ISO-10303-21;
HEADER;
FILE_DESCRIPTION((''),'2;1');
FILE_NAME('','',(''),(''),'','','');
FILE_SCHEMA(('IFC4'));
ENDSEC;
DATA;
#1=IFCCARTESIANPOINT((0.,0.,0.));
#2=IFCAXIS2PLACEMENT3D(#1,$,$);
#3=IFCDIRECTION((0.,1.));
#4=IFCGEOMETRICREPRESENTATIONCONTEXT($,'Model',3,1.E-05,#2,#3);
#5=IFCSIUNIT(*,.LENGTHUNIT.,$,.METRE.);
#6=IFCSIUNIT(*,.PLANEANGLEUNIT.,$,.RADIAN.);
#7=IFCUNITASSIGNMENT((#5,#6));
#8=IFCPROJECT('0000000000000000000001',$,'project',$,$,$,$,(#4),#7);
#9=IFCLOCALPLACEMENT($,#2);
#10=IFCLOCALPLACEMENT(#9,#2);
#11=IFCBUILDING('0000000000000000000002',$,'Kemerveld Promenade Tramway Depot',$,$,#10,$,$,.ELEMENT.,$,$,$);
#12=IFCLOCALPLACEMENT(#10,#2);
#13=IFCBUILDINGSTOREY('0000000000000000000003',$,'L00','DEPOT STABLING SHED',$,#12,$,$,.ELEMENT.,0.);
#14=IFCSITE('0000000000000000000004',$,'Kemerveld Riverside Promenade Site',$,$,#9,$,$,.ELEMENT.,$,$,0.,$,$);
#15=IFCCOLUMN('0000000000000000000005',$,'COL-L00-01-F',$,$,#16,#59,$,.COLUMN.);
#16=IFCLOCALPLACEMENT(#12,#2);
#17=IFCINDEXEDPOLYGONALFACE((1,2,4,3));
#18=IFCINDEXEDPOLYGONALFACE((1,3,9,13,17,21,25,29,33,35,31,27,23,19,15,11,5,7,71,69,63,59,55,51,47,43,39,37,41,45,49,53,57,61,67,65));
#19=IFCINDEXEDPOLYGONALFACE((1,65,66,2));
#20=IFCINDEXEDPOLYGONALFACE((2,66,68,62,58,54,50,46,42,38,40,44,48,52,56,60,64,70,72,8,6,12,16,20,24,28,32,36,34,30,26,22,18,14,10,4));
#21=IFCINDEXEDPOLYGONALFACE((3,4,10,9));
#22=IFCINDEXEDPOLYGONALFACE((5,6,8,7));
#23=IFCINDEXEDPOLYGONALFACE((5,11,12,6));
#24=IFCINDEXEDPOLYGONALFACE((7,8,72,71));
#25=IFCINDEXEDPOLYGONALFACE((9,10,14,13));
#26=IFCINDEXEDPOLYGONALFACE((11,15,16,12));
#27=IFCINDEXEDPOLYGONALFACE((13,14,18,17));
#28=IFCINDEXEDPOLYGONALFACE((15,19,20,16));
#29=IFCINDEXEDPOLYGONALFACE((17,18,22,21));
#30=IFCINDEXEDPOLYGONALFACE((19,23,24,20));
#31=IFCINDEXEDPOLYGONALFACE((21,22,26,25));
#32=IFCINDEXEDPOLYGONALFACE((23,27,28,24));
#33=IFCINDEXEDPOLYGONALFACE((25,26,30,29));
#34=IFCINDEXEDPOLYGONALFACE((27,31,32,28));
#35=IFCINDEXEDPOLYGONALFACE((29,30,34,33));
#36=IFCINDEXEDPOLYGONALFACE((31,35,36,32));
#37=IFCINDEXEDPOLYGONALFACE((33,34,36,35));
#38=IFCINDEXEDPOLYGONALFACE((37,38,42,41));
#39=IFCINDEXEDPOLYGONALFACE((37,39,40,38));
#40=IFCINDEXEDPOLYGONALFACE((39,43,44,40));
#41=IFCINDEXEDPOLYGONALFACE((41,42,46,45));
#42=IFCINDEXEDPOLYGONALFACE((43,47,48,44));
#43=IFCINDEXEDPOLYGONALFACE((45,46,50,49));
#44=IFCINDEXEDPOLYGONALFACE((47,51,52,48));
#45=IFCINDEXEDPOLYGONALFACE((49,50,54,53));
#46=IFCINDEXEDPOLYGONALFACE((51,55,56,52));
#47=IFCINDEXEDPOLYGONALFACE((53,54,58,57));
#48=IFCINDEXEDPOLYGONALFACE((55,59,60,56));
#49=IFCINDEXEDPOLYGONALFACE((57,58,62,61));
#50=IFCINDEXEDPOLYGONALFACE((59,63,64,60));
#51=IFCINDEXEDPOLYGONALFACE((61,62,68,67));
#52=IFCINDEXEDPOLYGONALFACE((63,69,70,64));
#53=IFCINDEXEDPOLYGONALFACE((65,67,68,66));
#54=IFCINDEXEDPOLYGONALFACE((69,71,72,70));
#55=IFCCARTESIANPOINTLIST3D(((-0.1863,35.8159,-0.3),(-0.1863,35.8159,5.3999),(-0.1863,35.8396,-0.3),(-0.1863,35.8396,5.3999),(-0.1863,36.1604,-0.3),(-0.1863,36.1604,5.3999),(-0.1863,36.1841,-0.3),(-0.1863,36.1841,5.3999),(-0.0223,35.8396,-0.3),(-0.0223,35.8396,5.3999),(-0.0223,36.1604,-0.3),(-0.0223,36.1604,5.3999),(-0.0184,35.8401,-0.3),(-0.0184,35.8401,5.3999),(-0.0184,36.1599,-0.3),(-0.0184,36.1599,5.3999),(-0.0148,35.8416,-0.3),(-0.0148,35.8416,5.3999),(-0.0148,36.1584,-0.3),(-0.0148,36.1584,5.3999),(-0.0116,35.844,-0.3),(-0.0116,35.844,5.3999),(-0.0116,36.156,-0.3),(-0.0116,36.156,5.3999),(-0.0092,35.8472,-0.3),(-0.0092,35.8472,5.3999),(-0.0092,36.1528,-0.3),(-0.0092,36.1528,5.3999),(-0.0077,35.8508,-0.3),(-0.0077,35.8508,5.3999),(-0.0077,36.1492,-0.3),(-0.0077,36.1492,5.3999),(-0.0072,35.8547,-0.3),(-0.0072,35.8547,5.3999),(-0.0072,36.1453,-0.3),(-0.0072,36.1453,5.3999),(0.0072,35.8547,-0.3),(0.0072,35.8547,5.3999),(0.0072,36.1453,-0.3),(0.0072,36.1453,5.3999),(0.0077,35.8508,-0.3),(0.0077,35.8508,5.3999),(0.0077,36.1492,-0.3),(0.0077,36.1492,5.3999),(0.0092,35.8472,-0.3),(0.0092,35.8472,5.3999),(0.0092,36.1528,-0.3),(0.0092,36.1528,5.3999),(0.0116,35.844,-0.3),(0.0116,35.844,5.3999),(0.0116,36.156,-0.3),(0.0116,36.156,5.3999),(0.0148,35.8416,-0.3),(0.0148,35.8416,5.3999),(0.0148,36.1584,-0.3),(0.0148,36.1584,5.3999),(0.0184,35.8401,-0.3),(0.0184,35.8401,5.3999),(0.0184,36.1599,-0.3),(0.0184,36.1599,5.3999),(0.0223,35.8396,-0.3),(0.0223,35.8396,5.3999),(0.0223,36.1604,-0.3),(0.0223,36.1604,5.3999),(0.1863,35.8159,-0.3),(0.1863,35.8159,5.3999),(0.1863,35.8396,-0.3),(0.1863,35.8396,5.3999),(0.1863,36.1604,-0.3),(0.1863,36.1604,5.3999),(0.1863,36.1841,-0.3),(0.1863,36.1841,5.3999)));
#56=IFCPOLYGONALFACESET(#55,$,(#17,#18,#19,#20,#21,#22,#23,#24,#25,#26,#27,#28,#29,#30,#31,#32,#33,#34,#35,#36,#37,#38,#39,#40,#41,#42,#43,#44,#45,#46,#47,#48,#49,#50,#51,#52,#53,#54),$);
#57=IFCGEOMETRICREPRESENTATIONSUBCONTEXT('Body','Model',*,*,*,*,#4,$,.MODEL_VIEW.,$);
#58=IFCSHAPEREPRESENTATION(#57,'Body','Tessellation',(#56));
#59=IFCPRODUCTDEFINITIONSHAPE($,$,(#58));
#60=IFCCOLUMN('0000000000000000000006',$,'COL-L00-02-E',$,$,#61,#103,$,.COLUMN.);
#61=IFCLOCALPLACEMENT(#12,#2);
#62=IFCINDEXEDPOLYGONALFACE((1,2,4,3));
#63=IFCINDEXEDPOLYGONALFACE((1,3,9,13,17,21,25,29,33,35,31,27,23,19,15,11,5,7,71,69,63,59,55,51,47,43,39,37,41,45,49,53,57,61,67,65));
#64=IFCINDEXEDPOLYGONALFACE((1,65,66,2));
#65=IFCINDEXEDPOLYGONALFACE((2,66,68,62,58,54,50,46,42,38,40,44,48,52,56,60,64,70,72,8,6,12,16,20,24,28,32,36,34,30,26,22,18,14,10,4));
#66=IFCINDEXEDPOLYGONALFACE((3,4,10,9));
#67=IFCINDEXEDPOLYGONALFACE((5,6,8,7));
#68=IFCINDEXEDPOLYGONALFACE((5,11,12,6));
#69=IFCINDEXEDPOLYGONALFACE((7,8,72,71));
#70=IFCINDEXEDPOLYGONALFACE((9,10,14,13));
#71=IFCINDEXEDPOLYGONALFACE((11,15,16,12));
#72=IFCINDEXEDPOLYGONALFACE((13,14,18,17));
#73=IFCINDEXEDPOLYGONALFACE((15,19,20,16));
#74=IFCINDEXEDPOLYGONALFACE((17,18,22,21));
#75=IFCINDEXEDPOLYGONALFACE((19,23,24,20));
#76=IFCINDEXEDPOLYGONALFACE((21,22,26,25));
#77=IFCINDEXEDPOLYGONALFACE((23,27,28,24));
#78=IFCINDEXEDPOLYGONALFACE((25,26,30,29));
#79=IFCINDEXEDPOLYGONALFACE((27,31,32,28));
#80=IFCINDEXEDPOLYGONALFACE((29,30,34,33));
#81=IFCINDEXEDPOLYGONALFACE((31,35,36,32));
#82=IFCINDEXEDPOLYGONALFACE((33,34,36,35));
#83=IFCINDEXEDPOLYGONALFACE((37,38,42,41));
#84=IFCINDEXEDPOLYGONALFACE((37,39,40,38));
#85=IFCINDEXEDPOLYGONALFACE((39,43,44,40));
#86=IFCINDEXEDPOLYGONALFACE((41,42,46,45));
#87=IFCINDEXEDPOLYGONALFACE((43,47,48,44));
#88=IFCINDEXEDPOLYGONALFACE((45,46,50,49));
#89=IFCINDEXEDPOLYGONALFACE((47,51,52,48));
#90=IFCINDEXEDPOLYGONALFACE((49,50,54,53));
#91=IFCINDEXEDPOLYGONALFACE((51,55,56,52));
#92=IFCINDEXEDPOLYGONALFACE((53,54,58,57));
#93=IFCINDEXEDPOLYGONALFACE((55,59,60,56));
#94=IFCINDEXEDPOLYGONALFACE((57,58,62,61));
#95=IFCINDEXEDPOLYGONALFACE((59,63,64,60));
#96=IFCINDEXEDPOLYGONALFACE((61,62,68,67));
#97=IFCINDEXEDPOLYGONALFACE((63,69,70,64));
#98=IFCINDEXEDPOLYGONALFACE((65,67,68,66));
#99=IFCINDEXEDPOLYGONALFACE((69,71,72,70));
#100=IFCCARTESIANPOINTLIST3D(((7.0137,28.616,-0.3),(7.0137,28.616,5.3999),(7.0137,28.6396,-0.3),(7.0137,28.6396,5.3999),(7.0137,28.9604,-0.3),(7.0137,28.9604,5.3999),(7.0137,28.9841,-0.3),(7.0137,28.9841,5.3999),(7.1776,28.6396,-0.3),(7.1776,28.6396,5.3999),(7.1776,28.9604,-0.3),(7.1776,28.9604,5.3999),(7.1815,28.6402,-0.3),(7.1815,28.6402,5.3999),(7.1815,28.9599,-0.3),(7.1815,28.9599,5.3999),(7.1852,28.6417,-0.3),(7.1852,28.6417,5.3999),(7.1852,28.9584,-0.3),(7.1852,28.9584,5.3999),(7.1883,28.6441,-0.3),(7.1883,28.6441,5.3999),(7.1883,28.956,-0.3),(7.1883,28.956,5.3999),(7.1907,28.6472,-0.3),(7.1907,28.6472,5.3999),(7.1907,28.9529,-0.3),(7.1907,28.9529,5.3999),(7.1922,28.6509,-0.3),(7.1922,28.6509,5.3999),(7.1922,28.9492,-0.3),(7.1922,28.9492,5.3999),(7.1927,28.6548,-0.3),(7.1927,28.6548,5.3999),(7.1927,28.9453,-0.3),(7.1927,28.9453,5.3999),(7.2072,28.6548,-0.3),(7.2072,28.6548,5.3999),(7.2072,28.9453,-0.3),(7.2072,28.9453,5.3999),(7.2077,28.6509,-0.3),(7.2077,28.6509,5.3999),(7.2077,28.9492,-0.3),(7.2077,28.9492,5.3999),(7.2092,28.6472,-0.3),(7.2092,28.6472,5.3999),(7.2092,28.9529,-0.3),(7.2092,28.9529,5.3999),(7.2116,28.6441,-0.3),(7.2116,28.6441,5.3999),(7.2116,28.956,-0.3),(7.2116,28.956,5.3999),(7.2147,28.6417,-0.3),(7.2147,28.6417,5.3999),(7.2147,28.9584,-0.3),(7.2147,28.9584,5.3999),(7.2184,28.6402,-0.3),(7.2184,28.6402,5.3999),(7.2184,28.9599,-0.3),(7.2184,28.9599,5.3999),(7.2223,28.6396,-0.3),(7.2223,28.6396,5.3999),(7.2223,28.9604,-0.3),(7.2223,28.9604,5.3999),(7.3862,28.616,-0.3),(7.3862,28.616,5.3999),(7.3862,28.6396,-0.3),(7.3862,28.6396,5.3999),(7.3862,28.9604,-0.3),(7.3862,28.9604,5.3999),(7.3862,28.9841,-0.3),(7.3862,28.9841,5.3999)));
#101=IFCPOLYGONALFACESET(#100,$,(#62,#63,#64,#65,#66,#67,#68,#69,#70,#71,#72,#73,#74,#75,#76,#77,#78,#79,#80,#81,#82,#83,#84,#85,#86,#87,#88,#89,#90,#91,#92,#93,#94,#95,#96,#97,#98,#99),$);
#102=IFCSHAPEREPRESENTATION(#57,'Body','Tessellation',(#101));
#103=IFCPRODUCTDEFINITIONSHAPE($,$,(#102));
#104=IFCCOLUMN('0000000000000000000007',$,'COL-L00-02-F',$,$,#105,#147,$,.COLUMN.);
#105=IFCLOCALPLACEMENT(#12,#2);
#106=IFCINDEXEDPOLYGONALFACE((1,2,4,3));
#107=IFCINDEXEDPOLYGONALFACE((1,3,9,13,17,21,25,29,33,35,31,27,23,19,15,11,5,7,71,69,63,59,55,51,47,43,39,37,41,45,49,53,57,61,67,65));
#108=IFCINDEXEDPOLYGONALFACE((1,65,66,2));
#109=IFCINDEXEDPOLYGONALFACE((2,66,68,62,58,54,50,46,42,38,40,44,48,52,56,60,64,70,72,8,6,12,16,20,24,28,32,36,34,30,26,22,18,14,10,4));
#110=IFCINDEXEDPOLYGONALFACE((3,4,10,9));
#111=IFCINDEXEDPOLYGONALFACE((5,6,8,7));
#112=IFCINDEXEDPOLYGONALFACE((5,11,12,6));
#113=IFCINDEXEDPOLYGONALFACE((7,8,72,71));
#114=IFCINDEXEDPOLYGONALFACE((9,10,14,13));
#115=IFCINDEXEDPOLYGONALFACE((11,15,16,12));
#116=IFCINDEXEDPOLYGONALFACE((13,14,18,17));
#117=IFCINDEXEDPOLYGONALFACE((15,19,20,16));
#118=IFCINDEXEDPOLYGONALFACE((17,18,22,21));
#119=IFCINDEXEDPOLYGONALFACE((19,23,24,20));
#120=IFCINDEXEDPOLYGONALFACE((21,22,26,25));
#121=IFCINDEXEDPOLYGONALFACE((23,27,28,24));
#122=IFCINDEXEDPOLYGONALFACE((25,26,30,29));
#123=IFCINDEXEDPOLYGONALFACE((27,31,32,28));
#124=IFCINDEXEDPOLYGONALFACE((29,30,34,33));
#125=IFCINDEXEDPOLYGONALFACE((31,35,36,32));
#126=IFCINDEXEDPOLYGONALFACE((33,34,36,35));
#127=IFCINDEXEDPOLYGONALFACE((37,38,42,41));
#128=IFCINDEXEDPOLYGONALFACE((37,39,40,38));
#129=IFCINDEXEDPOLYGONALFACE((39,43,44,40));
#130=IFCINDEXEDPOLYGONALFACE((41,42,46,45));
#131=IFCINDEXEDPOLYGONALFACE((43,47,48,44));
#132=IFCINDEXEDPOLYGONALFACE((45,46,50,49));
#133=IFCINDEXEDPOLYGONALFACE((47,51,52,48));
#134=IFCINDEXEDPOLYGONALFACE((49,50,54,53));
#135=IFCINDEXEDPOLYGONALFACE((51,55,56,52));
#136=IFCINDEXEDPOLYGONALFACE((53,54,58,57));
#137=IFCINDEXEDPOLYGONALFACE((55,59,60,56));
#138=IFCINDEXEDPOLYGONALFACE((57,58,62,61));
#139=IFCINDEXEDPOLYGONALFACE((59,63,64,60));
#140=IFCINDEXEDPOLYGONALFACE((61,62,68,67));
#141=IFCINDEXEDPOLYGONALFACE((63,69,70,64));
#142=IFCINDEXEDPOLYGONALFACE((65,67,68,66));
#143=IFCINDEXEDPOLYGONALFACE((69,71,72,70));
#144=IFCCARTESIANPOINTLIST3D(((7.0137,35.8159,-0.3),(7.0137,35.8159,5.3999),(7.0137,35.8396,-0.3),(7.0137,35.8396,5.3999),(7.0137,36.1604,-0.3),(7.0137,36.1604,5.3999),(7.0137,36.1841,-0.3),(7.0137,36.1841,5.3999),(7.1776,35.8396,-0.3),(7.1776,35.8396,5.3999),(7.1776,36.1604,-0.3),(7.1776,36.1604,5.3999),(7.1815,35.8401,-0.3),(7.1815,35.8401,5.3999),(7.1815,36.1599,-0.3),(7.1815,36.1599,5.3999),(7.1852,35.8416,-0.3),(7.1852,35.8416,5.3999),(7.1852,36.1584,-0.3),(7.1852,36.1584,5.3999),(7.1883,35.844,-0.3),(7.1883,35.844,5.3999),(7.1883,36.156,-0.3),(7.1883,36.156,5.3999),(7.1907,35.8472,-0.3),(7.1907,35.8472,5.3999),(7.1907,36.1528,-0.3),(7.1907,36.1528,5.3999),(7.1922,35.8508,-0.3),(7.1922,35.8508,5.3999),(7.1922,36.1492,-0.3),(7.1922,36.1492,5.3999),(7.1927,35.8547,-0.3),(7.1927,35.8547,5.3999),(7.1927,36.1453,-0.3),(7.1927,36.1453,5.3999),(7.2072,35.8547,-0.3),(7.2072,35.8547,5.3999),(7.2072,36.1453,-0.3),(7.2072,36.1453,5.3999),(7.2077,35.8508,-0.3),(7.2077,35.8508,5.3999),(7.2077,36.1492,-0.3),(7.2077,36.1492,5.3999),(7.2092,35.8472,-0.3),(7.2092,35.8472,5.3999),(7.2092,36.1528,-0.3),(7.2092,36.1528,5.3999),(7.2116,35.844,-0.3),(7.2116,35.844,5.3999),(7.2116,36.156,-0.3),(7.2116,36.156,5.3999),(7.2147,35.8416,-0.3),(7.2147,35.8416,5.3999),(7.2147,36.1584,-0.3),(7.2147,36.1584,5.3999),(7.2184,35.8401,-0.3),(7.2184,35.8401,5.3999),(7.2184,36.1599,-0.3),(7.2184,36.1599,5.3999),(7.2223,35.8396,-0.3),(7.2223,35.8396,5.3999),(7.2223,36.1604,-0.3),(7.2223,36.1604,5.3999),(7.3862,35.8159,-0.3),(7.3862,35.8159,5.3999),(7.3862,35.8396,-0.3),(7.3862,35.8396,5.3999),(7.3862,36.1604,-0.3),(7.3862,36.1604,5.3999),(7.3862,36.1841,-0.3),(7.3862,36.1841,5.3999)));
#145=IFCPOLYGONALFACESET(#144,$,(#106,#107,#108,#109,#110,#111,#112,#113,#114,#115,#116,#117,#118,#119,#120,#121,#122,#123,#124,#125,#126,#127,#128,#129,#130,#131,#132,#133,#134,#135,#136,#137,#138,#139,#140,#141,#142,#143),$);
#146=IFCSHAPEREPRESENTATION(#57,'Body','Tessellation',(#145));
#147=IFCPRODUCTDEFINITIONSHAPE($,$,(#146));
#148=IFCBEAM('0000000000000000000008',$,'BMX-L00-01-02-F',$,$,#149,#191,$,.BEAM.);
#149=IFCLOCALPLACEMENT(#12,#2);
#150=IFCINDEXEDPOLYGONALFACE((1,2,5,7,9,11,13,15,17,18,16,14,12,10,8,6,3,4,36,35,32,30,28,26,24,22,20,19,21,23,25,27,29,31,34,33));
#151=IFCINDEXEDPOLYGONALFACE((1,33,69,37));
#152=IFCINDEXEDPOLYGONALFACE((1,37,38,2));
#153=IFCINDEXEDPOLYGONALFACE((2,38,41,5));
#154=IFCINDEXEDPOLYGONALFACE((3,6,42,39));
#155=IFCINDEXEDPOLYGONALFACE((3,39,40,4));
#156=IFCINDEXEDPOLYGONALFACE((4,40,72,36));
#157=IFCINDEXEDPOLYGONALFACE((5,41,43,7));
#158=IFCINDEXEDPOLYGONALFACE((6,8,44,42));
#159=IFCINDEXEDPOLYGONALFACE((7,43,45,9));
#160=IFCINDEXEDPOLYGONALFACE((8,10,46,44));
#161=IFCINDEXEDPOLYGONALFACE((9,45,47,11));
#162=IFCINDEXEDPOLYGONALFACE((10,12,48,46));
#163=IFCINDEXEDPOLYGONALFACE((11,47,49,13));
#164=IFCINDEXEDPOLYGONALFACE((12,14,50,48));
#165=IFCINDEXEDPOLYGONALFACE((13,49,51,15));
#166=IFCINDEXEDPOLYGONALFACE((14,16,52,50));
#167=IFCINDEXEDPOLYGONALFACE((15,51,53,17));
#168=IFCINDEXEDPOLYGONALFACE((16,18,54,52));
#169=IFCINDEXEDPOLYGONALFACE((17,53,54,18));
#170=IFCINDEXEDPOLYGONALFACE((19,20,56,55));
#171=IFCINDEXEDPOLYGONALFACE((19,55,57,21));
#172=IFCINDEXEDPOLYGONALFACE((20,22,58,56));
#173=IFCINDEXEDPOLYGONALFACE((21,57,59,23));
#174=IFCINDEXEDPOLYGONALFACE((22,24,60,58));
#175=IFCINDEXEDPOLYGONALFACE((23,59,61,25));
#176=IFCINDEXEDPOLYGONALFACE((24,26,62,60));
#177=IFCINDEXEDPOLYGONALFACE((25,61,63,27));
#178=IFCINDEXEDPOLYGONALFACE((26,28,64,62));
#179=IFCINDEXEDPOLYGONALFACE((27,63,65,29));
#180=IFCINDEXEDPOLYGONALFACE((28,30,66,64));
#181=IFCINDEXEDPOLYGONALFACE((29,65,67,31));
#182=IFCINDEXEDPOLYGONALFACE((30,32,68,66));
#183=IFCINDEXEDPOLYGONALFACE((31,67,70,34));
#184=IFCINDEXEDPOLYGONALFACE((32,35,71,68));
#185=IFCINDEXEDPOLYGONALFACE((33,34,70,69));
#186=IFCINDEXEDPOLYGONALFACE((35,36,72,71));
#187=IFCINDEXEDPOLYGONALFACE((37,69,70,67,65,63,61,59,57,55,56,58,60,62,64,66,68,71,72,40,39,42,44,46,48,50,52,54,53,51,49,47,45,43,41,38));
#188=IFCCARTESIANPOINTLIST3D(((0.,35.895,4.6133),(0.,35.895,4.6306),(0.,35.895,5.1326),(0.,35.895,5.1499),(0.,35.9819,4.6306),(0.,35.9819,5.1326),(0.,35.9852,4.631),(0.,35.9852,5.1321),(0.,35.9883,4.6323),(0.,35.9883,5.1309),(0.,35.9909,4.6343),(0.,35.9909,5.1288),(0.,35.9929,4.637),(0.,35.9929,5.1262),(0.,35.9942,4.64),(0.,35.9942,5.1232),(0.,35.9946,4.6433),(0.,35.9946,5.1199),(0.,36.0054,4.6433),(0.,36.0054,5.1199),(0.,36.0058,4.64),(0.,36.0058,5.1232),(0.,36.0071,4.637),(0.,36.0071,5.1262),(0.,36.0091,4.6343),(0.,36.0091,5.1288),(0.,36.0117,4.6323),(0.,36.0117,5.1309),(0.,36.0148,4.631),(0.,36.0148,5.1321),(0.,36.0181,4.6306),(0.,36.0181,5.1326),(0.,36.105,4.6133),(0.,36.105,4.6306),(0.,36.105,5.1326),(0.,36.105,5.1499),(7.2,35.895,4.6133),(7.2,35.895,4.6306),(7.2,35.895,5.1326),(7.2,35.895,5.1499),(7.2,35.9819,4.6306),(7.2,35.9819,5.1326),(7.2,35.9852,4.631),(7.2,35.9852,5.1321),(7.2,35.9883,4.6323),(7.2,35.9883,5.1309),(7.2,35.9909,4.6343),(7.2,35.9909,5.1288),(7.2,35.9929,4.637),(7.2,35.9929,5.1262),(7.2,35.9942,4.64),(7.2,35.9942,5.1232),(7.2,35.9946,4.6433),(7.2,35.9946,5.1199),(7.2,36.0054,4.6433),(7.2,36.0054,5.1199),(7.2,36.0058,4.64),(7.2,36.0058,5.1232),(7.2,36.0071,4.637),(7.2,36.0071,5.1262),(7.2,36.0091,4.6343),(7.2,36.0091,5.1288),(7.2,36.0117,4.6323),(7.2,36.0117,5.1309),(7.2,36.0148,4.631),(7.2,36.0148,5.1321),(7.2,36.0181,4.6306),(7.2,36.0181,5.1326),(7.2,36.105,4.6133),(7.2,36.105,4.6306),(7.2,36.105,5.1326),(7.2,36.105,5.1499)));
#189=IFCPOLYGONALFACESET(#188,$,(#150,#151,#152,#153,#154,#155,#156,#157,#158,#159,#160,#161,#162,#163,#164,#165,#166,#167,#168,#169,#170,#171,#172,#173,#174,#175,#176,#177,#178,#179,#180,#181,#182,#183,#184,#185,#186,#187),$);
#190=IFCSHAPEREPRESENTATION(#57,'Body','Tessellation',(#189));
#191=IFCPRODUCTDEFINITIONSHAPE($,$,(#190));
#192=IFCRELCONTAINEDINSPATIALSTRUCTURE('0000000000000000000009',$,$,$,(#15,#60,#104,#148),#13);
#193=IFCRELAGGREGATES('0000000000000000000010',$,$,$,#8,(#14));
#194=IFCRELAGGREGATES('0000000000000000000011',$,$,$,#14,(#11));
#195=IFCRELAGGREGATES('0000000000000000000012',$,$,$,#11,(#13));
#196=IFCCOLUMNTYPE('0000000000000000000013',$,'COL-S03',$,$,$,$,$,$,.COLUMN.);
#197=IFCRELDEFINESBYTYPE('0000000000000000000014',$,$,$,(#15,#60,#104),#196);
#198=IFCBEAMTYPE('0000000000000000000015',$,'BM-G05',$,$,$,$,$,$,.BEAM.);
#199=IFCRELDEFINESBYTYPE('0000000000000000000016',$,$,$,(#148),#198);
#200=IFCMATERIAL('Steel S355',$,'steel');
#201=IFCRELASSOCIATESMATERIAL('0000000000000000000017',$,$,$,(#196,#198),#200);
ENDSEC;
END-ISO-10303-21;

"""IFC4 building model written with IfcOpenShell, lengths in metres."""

from ifc_helpers import new_model, si_unit, direction, frame, origin, origin_2d, place, context, subcontext, project, spatial, i_section, extrude, material, material_profile, profile_set, type_object, element, save


model = new_model("IFC4")

# Units and contexts
model_context = context("Model", 3, precision=1e-05, world=origin(), true_north=direction((0.0, 1.0)))
body_context = subcontext(model_context, "Body", "Model", "MODEL_VIEW")
ifc_project = project(units=[si_unit("LENGTHUNIT", "METRE"), si_unit("PLANEANGLEUNIT", "RADIAN")], contexts=[model_context])

# Site, building, storey
site_placement = place(None, origin())
site = spatial("IfcSite", under=ifc_project, at=site_placement, Name="Kemerveld Riverside Promenade Site", CompositionType="ELEMENT", RefElevation=0.0)
building_placement = place(site_placement, origin())
building = spatial("IfcBuilding", under=site, at=building_placement, Name="Kemerveld Promenade Tramway Depot", CompositionType="ELEMENT")
storey_placement = place(building_placement, origin())
storey = spatial("IfcBuildingStorey", under=building, at=storey_placement, Name="L00", Description="DEPOT STABLING SHED", CompositionType="ELEMENT", Elevation=0.0)

# Columns
ifc_material_1 = material(Name="Steel S355", Category="steel")
ifc_material_profile_1 = material_profile(ifc_material_1, i_section(OverallWidth=0.3726, OverallDepth=0.3682, WebThickness=0.0144, FlangeThickness=0.0237, FilletRadius=0.0151, at=origin_2d()), Name="356x368x177 UC")
ifc_profile_set_1 = profile_set([ifc_material_profile_1], Name="Steel S355")
column_type = type_object("IfcColumnType", Name="COL-S03", PredefinedType="COLUMN", material=ifc_profile_set_1)
for number, where, z_axis, x_axis, name in (
    (1, (0.0, 36.0, -0.3), (0.0, 0.0, 1.0), (1.0, 0.0, 0.0), "COL-L00-01-F"),
    (2, (7.2, 28.8, -0.3), (0.0, 0.0, 1.0), (1.0, 0.0, 0.0), "COL-L00-02-E"),
    (3, (7.2, 36.0, -0.3), (0.0, 0.0, 1.0), (1.0, 0.0, 0.0), "COL-L00-02-F"),
):
    element("IfcColumn", number, at=place(storey_placement, frame(where, z_axis=z_axis, x_axis=x_axis)), inside=storey, type_object=column_type, Name=name, PredefinedType="COLUMN", context=body_context, shape_type="SweptSolid", body=[
        extrude(i_section(OverallWidth=0.3726, OverallDepth=0.3682, WebThickness=0.0144, FlangeThickness=0.0237, FilletRadius=0.0151, at=origin_2d()), origin(), (0.0, 0.0, 1.0), 5.7),
    ])

# Beam
ifc_material_profile_2 = material_profile(ifc_material_1, i_section(OverallWidth=0.21, OverallDepth=0.5366, WebThickness=0.0107, FlangeThickness=0.0173, FilletRadius=0.0127, at=origin_2d()), Name="533x210x101 UB")
ifc_profile_set_2 = profile_set([ifc_material_profile_2], Name="Steel S355")
beam_type_1 = type_object("IfcBeamType", Name="BM-G05", PredefinedType="BEAM", material=ifc_profile_set_2)
for number, where, z_axis, x_axis, name in (
    (4, (0.0, 36.0, 4.8816), (1.0, 0.0, 0.0), (0.0, 1.0, 0.0), "BMX-L00-01-02-F"),
):
    element("IfcBeam", number, at=place(storey_placement, frame(where, z_axis=z_axis, x_axis=x_axis)), inside=storey, type_object=beam_type_1, Name=name, PredefinedType="BEAM", context=body_context, shape_type="SweptSolid", body=[
        extrude(i_section(OverallWidth=0.21, OverallDepth=0.5366, WebThickness=0.0107, FlangeThickness=0.0173, FilletRadius=0.0127, at=origin_2d()), origin(), (0.0, 0.0, 1.0), 7.2),
    ])

save(model, "model.ifc")
